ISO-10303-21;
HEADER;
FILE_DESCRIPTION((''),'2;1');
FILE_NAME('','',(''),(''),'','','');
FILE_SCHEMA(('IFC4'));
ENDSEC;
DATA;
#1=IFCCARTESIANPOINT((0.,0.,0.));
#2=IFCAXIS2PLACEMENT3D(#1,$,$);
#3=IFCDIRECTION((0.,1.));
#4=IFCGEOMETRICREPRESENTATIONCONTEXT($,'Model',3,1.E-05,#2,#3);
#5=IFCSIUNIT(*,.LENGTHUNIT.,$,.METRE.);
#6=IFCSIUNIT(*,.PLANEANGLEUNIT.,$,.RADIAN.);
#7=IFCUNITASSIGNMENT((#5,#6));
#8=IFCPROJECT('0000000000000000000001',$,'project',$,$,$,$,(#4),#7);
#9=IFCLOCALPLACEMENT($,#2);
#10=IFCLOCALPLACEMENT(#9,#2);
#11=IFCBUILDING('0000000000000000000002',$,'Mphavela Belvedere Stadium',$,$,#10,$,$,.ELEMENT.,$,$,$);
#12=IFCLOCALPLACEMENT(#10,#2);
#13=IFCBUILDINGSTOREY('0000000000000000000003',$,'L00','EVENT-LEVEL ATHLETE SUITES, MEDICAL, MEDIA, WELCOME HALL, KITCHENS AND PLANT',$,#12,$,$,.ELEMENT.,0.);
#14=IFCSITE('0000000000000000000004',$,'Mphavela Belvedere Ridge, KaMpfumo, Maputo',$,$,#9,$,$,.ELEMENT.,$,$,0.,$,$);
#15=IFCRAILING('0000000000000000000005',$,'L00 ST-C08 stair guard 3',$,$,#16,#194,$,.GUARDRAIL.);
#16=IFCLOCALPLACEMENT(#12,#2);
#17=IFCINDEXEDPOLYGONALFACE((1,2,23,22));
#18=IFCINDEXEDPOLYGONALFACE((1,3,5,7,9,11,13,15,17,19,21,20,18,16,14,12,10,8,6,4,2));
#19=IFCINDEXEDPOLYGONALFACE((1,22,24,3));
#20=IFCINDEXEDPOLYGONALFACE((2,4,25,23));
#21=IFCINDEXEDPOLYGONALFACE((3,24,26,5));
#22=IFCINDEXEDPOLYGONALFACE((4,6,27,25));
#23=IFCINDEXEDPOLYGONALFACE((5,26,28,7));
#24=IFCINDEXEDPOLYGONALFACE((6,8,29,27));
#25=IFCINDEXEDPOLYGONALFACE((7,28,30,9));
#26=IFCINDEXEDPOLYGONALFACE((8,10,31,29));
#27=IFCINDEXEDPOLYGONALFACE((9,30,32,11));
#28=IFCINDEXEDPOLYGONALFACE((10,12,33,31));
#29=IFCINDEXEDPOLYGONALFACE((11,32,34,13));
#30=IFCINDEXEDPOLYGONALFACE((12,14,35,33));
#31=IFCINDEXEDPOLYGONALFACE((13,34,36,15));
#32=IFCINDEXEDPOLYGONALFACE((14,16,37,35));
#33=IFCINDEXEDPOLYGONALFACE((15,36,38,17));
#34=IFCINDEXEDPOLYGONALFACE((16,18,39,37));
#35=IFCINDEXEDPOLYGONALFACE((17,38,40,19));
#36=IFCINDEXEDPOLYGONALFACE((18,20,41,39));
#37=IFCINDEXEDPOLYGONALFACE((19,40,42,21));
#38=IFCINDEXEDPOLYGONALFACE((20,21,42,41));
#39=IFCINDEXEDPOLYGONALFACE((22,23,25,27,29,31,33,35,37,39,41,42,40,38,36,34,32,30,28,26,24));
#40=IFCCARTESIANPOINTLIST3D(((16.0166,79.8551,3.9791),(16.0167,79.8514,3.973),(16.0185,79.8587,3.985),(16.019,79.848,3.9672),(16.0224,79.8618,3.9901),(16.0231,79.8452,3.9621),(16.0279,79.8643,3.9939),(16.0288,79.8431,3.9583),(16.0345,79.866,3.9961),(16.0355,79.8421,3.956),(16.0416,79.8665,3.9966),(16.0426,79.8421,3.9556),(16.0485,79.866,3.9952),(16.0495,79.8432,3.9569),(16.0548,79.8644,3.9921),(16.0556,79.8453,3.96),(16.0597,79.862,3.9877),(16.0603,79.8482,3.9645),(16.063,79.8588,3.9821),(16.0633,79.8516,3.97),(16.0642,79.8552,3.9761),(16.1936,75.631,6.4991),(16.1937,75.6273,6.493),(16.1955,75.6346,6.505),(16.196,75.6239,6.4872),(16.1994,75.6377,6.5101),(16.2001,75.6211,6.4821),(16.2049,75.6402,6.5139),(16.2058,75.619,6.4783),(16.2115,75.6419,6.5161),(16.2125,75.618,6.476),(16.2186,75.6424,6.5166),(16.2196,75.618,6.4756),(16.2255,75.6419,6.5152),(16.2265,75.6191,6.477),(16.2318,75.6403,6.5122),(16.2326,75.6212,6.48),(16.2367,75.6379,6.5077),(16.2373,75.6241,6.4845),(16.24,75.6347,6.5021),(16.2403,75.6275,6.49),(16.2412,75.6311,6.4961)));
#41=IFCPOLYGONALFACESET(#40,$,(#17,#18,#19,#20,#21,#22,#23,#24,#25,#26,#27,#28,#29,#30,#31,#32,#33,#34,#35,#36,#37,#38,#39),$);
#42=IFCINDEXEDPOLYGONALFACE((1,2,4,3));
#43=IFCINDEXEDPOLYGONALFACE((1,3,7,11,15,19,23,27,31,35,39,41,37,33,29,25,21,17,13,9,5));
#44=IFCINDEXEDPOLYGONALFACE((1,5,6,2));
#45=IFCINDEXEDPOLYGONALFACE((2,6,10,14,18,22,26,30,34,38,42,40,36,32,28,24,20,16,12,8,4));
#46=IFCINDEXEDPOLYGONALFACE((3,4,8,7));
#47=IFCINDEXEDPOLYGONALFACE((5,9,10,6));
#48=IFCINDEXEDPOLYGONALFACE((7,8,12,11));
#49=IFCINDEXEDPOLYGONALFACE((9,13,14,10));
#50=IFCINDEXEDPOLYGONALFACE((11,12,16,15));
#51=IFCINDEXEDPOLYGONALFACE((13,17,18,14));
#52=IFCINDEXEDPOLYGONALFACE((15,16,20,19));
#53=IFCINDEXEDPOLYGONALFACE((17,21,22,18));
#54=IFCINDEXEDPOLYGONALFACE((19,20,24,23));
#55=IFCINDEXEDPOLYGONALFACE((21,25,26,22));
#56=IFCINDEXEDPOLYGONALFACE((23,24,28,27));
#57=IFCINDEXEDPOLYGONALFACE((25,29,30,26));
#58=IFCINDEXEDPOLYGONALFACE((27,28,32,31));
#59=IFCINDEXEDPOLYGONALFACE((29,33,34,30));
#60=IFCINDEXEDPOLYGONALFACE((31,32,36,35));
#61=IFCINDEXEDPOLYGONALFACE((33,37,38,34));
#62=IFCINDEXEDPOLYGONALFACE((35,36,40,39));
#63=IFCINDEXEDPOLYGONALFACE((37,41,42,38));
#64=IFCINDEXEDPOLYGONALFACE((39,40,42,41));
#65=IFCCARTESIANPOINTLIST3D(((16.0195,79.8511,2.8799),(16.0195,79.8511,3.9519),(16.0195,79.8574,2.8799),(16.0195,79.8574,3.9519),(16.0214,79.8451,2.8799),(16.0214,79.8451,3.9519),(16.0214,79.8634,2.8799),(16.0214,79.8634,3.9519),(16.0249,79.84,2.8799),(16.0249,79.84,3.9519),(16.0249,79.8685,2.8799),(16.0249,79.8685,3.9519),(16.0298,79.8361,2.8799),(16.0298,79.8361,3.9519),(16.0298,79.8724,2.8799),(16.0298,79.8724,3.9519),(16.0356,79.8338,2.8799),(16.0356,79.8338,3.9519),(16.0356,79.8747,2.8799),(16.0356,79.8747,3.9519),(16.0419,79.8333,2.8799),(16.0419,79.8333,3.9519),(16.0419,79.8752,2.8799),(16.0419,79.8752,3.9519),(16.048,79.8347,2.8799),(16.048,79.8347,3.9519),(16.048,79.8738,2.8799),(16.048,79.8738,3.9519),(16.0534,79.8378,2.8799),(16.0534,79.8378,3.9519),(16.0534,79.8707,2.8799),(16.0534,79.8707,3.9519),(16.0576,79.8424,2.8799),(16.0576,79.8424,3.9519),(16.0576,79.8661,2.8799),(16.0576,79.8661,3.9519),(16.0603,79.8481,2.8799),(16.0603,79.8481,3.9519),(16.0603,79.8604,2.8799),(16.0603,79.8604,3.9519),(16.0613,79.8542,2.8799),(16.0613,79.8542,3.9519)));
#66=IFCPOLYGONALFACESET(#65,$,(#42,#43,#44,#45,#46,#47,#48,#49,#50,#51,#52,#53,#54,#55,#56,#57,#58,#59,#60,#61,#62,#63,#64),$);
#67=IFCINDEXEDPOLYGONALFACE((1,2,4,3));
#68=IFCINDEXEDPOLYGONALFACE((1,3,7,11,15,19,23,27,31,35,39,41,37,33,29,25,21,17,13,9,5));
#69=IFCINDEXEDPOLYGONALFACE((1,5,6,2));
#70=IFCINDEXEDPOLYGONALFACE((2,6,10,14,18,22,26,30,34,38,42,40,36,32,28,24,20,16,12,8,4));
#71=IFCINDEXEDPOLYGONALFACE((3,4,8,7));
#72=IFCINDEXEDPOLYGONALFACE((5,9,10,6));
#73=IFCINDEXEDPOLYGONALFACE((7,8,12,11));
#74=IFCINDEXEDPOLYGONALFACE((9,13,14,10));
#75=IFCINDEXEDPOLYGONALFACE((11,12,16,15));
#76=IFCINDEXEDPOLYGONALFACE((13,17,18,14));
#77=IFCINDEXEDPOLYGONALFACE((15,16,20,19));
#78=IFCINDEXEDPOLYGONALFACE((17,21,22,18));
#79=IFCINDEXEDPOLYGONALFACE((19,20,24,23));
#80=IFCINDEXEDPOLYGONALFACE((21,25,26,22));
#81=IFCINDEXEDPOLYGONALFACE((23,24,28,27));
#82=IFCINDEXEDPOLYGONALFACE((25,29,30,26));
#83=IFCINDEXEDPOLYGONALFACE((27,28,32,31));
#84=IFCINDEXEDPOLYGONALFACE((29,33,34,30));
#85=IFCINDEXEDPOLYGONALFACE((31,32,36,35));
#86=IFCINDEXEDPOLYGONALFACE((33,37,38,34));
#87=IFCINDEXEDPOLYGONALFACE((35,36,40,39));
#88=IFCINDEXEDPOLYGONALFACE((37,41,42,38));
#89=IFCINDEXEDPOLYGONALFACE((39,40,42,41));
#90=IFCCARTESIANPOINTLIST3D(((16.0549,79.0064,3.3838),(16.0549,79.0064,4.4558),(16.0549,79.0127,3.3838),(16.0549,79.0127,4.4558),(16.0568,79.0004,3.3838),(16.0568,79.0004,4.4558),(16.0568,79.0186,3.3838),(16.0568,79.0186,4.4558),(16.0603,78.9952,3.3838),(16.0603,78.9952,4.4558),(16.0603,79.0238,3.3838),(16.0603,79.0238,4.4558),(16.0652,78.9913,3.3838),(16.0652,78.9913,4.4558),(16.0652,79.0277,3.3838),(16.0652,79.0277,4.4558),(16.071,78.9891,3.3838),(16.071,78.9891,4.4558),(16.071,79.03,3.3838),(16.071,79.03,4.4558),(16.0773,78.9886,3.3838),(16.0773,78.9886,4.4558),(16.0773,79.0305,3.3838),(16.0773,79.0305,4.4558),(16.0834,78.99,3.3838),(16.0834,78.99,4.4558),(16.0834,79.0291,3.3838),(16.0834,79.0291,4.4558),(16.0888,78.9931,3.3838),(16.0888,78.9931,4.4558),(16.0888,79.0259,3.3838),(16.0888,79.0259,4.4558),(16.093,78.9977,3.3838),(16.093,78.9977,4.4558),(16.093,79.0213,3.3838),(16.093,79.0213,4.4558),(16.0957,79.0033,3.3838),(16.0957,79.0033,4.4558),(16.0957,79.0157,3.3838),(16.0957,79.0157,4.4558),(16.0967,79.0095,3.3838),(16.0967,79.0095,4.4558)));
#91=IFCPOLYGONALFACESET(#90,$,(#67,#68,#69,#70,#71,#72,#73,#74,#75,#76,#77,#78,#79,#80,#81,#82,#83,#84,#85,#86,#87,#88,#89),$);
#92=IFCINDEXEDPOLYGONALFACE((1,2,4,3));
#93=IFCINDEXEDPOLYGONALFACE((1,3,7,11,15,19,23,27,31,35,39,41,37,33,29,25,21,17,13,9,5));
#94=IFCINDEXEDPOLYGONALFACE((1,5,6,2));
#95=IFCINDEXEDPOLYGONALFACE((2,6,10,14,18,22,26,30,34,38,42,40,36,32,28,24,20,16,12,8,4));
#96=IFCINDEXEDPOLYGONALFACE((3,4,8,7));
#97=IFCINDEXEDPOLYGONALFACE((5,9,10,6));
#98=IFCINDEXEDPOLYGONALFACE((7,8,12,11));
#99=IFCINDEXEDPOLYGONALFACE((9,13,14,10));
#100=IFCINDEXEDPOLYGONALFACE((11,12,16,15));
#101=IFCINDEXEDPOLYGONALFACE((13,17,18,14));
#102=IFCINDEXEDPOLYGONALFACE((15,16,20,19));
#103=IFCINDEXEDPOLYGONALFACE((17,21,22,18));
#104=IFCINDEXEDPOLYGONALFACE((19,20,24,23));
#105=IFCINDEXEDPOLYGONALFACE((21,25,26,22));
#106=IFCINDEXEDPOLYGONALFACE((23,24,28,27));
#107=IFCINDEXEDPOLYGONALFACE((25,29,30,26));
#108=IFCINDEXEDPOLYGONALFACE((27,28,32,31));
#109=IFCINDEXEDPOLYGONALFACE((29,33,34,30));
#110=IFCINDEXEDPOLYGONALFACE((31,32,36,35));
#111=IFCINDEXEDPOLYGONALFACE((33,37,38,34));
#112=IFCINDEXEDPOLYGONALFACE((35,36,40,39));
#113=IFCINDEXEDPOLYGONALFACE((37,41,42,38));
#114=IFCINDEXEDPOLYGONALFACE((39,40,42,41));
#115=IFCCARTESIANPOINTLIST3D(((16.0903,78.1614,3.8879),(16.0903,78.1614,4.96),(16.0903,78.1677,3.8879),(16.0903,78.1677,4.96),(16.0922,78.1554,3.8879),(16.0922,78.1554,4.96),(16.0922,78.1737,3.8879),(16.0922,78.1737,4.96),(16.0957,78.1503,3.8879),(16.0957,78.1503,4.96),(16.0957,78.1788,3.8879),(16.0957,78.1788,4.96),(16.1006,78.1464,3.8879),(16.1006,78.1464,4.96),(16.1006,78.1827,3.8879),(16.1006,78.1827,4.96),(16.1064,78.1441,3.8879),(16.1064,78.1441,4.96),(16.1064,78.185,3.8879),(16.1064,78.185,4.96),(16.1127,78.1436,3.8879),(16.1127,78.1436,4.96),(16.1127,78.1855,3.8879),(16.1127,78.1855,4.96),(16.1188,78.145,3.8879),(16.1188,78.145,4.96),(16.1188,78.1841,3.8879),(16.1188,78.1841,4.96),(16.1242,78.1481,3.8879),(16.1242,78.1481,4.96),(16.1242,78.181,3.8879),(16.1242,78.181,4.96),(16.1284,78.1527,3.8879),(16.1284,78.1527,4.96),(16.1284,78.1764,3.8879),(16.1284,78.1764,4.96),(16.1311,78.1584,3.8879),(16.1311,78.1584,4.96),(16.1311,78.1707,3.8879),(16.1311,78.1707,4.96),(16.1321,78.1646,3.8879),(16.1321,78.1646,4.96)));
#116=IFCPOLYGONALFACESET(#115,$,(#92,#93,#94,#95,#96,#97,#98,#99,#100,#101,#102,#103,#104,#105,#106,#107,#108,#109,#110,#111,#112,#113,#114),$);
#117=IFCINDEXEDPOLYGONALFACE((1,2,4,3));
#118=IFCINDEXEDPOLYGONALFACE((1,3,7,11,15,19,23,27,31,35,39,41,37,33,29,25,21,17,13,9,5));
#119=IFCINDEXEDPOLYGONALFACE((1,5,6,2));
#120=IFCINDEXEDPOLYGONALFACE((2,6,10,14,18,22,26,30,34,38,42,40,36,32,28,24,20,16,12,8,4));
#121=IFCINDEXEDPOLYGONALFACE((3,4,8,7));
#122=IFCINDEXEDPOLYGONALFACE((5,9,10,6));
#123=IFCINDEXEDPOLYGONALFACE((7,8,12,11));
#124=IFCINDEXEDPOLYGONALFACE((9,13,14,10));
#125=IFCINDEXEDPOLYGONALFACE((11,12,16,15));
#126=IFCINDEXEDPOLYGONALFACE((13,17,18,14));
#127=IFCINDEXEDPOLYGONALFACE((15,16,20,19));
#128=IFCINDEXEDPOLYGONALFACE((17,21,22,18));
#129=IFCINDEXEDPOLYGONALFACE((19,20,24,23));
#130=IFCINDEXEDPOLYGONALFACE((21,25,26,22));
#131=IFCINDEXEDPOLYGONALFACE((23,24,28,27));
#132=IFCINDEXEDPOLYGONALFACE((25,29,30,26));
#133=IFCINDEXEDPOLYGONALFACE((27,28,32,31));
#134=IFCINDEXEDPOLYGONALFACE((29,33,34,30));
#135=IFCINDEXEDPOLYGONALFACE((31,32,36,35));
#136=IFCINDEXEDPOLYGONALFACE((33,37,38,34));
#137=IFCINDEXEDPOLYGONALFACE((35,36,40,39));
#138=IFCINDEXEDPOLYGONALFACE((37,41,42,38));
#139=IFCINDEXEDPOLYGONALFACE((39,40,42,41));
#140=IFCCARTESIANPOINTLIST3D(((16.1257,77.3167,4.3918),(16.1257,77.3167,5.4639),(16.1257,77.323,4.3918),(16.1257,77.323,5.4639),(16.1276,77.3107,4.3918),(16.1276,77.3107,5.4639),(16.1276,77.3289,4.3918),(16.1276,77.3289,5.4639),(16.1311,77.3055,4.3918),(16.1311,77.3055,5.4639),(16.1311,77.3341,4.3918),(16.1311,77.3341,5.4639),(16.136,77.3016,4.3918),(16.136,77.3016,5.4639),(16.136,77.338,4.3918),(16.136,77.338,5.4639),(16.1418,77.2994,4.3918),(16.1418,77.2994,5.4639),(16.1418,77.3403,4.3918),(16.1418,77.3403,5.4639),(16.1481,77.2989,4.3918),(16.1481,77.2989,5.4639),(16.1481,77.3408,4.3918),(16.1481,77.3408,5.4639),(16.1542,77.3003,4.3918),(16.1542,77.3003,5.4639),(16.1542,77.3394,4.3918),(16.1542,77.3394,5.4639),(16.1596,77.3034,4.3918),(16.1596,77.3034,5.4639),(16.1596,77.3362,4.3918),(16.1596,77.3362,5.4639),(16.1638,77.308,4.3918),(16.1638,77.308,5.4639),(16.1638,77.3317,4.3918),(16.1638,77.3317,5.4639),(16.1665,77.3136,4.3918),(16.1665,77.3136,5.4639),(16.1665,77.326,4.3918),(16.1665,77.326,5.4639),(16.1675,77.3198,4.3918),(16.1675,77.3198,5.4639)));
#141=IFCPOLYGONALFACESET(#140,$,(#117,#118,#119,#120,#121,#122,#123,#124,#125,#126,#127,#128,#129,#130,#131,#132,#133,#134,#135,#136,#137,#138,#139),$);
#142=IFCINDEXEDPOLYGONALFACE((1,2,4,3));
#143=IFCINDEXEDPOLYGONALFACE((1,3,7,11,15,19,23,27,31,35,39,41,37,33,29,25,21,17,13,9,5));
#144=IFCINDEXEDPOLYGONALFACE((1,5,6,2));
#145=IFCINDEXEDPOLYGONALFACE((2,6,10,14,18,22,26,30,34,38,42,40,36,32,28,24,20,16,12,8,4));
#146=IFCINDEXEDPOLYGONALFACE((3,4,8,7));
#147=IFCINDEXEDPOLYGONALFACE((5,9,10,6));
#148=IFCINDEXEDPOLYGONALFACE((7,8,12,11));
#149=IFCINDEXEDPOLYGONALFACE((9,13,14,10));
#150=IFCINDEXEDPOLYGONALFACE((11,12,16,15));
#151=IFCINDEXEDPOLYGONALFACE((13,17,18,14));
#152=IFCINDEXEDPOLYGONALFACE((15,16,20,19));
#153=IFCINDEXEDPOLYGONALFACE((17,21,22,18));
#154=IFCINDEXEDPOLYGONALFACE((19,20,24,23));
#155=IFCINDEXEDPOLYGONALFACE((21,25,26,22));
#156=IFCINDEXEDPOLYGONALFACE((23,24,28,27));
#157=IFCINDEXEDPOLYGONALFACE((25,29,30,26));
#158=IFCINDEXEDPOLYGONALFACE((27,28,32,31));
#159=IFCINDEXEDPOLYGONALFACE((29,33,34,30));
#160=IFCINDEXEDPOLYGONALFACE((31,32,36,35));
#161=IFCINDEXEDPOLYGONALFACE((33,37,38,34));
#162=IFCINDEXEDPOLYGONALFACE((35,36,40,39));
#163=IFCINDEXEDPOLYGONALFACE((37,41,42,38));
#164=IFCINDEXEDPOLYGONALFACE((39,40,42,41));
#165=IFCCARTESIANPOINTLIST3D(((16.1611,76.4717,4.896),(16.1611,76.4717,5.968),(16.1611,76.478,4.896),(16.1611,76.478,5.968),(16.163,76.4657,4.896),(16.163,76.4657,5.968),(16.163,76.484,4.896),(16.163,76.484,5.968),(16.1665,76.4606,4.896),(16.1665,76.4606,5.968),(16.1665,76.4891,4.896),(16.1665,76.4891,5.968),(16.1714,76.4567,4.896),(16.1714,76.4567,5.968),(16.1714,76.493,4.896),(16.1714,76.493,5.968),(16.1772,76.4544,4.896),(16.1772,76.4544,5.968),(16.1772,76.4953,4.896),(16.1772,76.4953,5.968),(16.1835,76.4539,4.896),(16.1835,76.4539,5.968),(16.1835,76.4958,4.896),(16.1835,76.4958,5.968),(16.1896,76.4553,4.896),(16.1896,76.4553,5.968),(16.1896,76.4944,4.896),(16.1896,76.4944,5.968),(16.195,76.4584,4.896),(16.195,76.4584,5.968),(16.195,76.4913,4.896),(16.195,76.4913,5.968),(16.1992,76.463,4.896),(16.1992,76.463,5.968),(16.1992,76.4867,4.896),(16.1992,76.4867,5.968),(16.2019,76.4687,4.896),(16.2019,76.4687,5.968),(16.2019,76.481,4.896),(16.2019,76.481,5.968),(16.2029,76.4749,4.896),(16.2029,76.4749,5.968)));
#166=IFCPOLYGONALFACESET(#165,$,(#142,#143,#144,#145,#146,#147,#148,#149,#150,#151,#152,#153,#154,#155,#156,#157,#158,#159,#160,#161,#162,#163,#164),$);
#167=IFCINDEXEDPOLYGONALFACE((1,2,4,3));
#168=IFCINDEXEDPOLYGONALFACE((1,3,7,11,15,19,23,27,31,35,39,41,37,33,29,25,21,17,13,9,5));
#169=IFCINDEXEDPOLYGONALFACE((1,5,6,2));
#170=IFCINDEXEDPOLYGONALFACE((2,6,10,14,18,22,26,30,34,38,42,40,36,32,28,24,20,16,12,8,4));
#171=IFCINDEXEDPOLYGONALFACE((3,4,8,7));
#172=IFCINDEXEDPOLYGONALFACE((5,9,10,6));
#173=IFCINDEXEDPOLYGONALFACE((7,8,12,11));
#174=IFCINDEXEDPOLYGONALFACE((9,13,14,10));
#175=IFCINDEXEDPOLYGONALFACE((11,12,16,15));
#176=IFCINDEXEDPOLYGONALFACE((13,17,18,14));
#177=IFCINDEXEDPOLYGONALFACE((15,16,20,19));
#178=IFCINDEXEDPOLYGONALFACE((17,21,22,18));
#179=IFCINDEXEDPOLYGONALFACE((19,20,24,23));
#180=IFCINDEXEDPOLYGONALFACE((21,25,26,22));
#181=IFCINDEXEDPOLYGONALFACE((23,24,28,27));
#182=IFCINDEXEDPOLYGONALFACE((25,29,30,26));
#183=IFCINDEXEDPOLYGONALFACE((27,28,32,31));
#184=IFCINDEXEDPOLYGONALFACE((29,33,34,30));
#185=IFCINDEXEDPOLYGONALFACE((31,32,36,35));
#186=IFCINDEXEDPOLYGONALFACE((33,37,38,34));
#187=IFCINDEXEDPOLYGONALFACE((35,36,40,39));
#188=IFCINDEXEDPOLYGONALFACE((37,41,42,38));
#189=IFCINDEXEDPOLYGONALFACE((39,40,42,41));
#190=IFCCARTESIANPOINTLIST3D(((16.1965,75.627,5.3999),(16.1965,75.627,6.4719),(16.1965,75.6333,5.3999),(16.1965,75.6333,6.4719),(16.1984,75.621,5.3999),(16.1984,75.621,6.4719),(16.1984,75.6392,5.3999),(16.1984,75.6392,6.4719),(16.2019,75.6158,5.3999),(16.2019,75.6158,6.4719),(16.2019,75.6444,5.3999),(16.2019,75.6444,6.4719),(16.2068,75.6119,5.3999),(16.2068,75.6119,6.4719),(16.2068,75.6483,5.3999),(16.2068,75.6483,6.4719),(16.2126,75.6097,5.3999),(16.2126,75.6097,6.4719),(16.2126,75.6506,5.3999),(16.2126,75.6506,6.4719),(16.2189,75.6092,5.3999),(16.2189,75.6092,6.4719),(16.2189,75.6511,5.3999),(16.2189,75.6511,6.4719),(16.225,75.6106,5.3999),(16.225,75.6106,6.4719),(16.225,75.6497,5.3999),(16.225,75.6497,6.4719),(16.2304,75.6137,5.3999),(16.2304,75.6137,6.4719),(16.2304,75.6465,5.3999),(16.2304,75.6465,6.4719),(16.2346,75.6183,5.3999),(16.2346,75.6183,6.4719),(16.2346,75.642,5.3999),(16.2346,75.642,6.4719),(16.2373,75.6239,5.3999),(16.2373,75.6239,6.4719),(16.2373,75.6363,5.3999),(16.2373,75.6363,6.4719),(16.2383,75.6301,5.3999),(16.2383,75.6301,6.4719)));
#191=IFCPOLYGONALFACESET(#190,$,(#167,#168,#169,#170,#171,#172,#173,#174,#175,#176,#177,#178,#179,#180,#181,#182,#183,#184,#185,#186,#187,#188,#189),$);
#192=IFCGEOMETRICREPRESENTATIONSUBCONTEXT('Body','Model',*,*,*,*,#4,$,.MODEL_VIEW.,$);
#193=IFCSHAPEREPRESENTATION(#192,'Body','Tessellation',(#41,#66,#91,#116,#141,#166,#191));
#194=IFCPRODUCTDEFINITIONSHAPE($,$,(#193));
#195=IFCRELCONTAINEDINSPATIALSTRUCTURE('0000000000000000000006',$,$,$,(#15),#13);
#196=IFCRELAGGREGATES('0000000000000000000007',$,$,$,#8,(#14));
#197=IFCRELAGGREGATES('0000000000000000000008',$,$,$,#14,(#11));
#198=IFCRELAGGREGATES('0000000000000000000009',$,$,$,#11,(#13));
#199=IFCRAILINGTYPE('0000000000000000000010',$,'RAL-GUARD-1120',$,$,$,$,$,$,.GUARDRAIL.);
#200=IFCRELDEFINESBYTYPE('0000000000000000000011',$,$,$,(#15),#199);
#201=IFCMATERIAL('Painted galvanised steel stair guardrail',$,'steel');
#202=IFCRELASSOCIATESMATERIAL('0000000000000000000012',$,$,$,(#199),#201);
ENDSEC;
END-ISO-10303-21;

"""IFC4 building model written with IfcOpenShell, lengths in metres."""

from ifc_helpers import new_model, si_unit, direction, frame, origin, origin_2d, place, context, subcontext, project, spatial, circle, extrude, material, type_object, element, save


model = new_model("IFC4")

# Units and contexts
model_context = context("Model", 3, precision=1e-05, world=origin(), true_north=direction((0.0, 1.0)))
body_context = subcontext(model_context, "Body", "Model", "MODEL_VIEW")
ifc_project = project(units=[si_unit("LENGTHUNIT", "METRE"), si_unit("PLANEANGLEUNIT", "RADIAN")], contexts=[model_context])

# Site, building, storey
site_placement = place(None, origin())
site = spatial("IfcSite", under=ifc_project, at=site_placement, Name="Mphavela Belvedere Ridge, KaMpfumo, Maputo", CompositionType="ELEMENT", RefElevation=0.0)
building_placement = place(site_placement, origin())
building = spatial("IfcBuilding", under=site, at=building_placement, Name="Mphavela Belvedere Stadium", CompositionType="ELEMENT")
storey_placement = place(building_placement, origin())
storey = spatial("IfcBuildingStorey", under=building, at=storey_placement, Name="L00", Description="EVENT-LEVEL ATHLETE SUITES, MEDICAL, MEDIA, WELCOME HALL, KITCHENS AND PLANT", CompositionType="ELEMENT", Elevation=0.0)

# Railing
ifc_material_1 = material(Name="Painted galvanised steel stair guardrail", Category="steel")
railing_type_1 = type_object("IfcRailingType", Name="RAL-GUARD-1120", PredefinedType="GUARDRAIL", material=ifc_material_1)
railing_1_placement = place(storey_placement, frame((16.0403, 79.8542, 2.8799)))
element("IfcRailing", 1, at=railing_1_placement, inside=storey, type_object=railing_type_1, Name="L00 ST-C08 stair guard 3", PredefinedType="GUARDRAIL", context=body_context, shape_type="SweptSolid", body=[
    extrude(circle(Radius=0.0239, at=origin_2d()), frame((0.0, 0.0, 1.0962), z_axis=(0.035962, -0.858231, 0.512002), x_axis=(0.999123, 0.041866, 0.0)), (0.0, 0.0, 1.0), 4.9219),
    extrude(circle(Radius=0.021, at=origin_2d()), origin(), (0.0, 0.0, 1.0), 1.072),
    extrude(circle(Radius=0.021, at=origin_2d()), frame((0.0354, -0.8447, 0.5039)), (0.0, 0.0, 1.0), 1.072),
    extrude(circle(Radius=0.021, at=origin_2d()), frame((0.0708, -1.6897, 1.0081)), (0.0, 0.0, 1.0), 1.072),
    extrude(circle(Radius=0.021, at=origin_2d()), frame((0.1062, -2.5344, 1.512)), (0.0, 0.0, 1.0), 1.072),
    extrude(circle(Radius=0.021, at=origin_2d()), frame((0.1416, -3.3794, 2.0161)), (0.0, 0.0, 1.0), 1.072),
    extrude(circle(Radius=0.021, at=origin_2d()), frame((0.177, -4.2241, 2.52)), (0.0, 0.0, 1.0), 1.072),
])

save(model, "model.ifc")
